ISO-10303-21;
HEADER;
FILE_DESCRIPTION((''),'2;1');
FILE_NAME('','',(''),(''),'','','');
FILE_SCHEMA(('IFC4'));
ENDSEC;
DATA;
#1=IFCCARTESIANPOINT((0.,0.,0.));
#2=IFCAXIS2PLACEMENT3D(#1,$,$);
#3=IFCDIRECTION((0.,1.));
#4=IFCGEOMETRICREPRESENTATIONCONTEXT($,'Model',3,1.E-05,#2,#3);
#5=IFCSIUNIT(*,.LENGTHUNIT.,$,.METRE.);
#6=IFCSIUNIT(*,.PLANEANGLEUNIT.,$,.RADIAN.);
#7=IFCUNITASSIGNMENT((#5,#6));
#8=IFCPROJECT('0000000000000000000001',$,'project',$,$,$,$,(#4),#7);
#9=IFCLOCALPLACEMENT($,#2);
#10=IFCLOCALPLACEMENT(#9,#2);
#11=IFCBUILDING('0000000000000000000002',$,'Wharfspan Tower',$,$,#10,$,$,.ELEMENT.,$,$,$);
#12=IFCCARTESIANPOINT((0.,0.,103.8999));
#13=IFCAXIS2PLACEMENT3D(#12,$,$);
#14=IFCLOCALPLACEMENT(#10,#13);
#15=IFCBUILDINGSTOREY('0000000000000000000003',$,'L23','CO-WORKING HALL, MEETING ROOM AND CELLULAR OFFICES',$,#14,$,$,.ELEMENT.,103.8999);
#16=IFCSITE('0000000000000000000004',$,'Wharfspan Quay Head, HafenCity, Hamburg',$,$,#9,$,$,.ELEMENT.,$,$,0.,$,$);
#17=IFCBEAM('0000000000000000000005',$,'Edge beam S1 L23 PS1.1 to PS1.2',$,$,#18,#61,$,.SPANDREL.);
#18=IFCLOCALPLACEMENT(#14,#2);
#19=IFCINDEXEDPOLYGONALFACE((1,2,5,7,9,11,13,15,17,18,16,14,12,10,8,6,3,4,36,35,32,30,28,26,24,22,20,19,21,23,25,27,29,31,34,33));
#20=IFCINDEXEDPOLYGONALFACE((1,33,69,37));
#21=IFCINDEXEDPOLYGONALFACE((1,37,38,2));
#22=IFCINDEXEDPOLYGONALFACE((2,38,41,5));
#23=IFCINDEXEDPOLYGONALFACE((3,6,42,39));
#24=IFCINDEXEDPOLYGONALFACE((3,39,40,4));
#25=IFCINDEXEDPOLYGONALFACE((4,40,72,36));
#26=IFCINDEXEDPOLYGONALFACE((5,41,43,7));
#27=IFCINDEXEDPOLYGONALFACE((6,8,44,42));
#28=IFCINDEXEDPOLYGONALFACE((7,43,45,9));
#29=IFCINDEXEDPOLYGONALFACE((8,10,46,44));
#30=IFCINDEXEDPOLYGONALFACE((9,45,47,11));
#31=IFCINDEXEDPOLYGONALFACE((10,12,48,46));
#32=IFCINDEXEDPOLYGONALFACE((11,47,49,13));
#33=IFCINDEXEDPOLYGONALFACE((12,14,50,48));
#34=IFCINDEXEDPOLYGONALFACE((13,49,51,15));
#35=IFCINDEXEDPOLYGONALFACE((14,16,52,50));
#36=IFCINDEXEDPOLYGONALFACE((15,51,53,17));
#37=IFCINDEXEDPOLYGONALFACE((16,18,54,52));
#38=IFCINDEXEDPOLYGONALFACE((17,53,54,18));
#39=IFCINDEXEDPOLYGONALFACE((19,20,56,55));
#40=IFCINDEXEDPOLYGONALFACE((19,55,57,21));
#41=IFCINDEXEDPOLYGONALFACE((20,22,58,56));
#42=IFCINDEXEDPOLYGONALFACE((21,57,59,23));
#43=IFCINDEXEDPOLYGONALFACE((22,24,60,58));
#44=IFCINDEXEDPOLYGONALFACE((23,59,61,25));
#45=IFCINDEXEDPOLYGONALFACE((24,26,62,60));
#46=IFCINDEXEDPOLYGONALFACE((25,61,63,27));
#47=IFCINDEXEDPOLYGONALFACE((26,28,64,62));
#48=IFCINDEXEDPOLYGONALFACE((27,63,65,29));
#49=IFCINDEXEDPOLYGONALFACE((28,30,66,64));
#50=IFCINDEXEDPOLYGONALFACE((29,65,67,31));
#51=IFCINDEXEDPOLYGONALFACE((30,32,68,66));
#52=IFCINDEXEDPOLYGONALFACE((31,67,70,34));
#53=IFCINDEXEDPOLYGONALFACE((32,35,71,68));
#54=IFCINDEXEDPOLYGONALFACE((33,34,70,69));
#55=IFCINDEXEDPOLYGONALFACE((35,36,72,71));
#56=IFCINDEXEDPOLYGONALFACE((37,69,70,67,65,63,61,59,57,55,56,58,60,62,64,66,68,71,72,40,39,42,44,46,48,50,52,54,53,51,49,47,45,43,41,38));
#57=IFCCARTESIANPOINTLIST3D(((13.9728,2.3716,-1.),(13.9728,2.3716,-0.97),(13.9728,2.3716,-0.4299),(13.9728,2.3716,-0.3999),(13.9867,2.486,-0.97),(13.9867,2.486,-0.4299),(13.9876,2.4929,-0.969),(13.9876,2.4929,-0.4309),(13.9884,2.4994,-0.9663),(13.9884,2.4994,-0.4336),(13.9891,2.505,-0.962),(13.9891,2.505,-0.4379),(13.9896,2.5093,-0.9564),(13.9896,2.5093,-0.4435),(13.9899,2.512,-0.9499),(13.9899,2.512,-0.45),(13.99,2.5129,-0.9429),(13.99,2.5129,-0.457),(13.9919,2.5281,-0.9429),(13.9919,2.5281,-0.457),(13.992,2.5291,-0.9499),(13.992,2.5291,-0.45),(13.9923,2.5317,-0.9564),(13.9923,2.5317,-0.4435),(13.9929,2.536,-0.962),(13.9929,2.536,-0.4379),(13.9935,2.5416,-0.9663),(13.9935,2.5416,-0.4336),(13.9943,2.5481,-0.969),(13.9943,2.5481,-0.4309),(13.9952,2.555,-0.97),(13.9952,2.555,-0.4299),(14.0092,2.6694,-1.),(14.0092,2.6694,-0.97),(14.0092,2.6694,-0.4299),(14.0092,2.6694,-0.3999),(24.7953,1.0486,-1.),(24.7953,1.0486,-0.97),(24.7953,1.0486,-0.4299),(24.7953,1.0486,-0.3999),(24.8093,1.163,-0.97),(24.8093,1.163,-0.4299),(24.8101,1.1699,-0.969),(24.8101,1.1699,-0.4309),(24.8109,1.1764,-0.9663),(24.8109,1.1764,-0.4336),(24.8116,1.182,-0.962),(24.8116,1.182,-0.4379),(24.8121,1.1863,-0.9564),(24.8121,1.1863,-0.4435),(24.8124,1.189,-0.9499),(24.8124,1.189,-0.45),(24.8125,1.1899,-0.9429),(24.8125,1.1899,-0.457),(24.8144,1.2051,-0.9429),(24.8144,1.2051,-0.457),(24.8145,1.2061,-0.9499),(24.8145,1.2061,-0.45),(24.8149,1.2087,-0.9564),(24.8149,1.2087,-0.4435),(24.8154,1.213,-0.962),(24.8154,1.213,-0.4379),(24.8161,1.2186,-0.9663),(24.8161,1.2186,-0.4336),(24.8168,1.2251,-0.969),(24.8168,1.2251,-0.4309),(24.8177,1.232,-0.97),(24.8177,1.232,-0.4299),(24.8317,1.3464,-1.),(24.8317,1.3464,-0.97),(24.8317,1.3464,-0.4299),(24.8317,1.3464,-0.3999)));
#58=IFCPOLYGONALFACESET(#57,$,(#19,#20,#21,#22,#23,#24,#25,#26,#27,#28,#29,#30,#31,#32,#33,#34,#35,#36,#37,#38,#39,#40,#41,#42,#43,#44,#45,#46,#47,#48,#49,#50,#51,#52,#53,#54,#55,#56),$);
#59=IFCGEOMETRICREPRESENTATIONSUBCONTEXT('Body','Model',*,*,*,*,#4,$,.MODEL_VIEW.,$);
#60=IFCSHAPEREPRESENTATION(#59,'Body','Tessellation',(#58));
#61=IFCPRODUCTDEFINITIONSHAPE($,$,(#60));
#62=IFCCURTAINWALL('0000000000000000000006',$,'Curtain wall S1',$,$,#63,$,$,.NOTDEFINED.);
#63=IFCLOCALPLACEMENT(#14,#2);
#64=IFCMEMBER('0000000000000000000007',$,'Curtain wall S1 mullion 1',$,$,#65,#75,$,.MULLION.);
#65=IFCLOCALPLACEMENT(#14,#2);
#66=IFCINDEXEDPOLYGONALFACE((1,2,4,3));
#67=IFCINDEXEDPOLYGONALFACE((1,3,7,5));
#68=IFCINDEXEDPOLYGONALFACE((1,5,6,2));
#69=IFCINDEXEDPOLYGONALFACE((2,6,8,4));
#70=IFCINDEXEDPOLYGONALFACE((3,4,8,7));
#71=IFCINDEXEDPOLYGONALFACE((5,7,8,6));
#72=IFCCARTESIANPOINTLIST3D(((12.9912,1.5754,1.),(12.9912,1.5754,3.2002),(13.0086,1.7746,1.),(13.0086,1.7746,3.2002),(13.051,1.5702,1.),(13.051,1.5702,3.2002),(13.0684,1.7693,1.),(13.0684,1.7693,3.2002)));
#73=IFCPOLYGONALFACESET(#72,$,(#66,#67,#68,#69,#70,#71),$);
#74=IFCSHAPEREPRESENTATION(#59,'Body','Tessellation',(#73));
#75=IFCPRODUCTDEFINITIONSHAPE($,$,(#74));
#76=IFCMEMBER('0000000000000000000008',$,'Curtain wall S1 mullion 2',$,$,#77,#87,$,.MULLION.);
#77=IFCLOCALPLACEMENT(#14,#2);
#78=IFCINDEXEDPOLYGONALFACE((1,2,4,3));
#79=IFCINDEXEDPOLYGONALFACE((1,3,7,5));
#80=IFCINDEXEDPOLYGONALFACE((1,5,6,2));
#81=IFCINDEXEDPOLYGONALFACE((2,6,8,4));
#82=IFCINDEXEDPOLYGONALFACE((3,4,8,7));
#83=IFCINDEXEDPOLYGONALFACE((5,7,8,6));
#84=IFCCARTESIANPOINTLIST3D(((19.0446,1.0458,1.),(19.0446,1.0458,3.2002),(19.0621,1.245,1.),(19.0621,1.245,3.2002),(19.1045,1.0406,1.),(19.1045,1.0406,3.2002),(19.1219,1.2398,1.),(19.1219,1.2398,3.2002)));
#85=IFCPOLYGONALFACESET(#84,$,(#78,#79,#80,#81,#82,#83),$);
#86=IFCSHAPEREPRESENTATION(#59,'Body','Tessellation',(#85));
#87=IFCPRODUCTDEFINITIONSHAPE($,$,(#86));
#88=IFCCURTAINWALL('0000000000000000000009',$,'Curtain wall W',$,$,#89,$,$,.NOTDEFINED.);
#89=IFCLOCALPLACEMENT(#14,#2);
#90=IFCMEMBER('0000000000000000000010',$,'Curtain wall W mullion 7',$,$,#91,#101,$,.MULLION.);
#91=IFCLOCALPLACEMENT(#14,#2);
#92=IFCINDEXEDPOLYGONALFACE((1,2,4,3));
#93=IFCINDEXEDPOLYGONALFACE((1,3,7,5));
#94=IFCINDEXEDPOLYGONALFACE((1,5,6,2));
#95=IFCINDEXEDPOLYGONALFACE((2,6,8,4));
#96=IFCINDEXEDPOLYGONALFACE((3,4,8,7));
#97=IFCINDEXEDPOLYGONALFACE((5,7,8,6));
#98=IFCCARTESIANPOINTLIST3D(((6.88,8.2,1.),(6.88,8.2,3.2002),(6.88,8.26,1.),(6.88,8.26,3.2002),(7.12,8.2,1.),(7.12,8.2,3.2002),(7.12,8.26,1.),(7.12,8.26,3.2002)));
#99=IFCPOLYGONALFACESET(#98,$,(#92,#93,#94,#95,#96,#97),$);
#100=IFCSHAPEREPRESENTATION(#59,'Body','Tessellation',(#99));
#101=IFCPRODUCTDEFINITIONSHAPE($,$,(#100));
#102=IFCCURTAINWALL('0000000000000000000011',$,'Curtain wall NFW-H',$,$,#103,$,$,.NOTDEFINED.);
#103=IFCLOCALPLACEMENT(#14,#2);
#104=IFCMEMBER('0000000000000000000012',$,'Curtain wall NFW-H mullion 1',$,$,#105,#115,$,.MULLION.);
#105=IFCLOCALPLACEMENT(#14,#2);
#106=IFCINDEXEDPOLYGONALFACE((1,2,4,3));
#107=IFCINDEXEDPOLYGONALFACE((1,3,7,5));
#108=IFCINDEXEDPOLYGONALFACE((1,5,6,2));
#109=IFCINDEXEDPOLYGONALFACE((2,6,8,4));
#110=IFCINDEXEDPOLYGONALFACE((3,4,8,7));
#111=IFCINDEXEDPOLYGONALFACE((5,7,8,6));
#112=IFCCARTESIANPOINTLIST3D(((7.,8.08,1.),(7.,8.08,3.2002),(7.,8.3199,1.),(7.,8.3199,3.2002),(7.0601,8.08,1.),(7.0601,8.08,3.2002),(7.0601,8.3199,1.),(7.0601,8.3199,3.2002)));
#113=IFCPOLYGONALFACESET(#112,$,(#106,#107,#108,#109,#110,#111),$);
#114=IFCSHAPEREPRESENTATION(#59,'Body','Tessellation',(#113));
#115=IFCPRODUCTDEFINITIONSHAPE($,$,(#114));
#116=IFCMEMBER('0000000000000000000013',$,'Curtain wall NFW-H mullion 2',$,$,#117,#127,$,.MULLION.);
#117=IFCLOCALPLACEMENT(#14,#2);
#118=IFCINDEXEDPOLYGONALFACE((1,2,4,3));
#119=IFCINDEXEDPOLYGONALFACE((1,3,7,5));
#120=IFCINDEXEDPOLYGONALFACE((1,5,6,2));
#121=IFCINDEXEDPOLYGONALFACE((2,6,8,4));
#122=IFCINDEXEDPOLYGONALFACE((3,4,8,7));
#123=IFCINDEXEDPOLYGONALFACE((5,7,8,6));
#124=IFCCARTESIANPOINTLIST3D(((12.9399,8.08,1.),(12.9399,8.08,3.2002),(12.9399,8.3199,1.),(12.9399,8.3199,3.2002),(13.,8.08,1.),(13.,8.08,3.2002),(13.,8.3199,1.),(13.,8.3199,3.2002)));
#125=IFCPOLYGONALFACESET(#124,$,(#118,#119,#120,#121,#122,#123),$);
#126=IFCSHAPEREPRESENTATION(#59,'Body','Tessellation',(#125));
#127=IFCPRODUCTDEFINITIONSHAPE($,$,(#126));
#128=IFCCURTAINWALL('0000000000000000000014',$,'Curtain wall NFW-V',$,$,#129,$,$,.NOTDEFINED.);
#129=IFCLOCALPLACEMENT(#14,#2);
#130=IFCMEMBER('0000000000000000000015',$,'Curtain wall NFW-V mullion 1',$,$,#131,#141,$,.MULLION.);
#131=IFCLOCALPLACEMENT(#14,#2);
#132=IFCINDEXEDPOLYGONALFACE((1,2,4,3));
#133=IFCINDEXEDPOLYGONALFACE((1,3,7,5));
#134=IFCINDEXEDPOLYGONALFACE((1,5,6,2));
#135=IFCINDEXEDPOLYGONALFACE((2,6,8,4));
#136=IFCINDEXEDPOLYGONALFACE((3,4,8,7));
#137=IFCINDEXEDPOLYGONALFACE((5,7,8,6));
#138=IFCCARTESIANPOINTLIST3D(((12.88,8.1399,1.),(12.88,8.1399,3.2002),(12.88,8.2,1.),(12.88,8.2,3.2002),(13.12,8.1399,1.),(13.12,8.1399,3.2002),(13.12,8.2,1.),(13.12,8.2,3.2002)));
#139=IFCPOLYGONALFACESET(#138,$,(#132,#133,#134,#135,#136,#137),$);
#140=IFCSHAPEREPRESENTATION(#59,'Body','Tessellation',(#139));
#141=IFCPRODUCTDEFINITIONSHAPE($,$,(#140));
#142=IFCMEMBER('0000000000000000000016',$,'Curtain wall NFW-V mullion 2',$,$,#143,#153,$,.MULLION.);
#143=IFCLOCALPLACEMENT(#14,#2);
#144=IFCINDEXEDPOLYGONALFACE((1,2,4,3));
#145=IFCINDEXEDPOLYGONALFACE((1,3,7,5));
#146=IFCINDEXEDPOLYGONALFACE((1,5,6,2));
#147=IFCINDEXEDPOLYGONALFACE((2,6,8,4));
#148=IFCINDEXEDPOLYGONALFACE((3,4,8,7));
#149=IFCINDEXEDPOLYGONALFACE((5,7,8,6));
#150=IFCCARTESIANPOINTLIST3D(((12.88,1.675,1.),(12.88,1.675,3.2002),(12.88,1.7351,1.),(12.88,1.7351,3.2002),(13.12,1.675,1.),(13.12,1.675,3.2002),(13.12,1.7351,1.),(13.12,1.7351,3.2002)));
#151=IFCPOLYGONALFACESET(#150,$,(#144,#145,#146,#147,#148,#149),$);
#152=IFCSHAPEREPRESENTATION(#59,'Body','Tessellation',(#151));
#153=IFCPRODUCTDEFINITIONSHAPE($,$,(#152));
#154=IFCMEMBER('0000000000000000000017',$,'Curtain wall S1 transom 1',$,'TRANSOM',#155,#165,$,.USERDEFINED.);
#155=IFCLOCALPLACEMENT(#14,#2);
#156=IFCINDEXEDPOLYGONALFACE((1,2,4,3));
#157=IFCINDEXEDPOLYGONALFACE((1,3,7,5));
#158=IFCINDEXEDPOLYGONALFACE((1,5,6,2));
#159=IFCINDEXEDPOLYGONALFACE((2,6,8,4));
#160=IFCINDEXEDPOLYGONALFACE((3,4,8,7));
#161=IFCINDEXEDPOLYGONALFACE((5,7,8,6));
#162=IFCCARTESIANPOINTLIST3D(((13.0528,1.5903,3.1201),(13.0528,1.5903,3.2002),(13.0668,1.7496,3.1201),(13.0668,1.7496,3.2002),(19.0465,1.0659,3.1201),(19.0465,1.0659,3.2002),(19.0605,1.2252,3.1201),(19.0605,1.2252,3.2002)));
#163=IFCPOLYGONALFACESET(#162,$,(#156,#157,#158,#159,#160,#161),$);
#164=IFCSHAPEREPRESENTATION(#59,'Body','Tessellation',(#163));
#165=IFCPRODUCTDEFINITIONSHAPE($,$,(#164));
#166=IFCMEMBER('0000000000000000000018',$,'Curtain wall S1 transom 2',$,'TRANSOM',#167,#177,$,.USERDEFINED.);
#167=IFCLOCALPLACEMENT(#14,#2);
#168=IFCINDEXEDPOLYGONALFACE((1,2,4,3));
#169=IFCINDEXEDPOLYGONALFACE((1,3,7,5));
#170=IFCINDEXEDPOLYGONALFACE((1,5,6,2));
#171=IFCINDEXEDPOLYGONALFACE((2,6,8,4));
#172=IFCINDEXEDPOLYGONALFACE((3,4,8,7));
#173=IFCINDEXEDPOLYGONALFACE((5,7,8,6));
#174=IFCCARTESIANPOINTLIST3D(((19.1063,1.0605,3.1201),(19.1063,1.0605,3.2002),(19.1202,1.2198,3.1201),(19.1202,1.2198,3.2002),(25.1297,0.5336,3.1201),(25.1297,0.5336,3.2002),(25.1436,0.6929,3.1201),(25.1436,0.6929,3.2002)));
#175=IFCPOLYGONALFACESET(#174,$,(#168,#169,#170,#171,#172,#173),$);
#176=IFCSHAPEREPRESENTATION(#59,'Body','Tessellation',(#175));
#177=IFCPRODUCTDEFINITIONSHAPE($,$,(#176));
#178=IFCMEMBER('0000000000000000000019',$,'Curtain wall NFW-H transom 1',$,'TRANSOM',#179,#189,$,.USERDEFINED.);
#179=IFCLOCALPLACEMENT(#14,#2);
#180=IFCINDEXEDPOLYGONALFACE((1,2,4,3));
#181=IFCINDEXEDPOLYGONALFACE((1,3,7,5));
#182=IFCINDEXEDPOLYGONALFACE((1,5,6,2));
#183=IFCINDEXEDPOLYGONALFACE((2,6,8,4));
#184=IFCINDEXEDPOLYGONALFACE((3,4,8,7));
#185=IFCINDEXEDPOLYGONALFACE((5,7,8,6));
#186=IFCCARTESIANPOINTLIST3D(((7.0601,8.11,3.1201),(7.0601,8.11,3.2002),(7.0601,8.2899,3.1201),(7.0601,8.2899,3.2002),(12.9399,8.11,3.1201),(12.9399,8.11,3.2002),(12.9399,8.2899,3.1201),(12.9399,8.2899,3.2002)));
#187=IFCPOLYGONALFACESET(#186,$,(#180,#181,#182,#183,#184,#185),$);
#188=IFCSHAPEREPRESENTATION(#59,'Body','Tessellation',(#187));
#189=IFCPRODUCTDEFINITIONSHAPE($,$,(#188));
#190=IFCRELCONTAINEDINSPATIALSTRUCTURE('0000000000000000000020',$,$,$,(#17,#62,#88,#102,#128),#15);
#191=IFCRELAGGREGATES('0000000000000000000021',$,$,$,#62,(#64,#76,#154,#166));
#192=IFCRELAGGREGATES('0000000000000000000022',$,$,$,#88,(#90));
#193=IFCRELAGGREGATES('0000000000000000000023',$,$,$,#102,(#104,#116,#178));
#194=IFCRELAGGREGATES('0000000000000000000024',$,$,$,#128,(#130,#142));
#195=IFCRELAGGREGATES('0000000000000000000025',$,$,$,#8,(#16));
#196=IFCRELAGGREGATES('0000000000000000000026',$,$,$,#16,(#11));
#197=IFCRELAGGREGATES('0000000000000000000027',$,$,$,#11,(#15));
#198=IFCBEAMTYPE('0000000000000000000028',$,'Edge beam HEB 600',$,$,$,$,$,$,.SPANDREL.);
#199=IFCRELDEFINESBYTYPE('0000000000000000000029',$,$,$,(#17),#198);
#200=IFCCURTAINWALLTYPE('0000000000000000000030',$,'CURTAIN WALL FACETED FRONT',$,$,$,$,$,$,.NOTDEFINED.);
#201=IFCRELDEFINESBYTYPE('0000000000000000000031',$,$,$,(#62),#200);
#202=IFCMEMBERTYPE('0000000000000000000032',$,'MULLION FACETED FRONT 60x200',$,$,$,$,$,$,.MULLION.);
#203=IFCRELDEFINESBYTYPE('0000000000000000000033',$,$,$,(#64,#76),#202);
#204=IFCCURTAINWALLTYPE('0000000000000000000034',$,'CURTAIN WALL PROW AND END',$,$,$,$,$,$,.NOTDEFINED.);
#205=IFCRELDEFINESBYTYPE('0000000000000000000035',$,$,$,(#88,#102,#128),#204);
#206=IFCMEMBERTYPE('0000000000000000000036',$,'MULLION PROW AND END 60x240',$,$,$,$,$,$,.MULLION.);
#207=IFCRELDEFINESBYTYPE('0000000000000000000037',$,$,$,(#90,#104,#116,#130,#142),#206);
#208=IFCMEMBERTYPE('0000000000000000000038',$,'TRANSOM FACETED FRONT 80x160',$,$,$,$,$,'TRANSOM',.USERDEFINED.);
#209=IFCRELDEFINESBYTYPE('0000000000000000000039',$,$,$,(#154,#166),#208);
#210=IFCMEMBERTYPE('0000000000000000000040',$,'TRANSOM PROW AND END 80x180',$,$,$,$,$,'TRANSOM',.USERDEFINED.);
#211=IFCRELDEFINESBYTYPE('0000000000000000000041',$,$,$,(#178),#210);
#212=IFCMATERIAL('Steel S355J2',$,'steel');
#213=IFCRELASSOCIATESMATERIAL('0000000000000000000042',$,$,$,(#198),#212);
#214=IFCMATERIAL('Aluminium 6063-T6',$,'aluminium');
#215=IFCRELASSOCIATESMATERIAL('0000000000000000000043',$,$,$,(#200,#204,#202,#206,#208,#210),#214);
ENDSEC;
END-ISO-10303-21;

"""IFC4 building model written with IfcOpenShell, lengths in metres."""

from ifc_helpers import new_model, si_unit, direction, frame, origin, origin_2d, place, context, subcontext, project, spatial, rectangle, i_section, extrude, material, material_profile, profile_set, type_object, element, aggregate, save


model = new_model("IFC4")

# Units and contexts
model_context = context("Model", 3, precision=1e-05, world=origin(), true_north=direction((0.0, 1.0)))
body_context = subcontext(model_context, "Body", "Model", "MODEL_VIEW")
ifc_project = project(units=[si_unit("LENGTHUNIT", "METRE"), si_unit("PLANEANGLEUNIT", "RADIAN")], contexts=[model_context])

# Site, building, storey
site_placement = place(None, origin())
site = spatial("IfcSite", under=ifc_project, at=site_placement, Name="Wharfspan Quay Head, HafenCity, Hamburg", CompositionType="ELEMENT", RefElevation=0.0)
building_placement = place(site_placement, origin())
building = spatial("IfcBuilding", under=site, at=building_placement, Name="Wharfspan Tower", CompositionType="ELEMENT")
storey_placement = place(building_placement, frame((0.0, 0.0, 103.8999)))
storey = spatial("IfcBuildingStorey", under=building, at=storey_placement, Name="L23", Description="CO-WORKING HALL, MEETING ROOM AND CELLULAR OFFICES", CompositionType="ELEMENT", Elevation=103.8999)

# Shared definitions
ifc_material_1 = material(Name="Steel S355J2", Category="steel")

# Beam
ifc_material_profile_1 = material_profile(ifc_material_1, i_section(OverallWidth=0.3, OverallDepth=0.6001, WebThickness=0.0154, FlangeThickness=0.03, FilletRadius=0.0271, at=origin_2d()))
ifc_profile_set_1 = profile_set([ifc_material_profile_1], Name="Steel S355J2")
beam_type = type_object("IfcBeamType", Name="Edge beam HEB 600", PredefinedType="SPANDREL", material=ifc_profile_set_1)
beam_placement = place(storey_placement, frame((13.991, 2.5205, -0.7), z_axis=(0.992611, -0.121342, 0.0), x_axis=(0.121342, 0.992611, 0.0)))
element("IfcBeam", 1, at=beam_placement, inside=storey, type_object=beam_type, Name="Edge beam S1 L23 PS1.1 to PS1.2", PredefinedType="SPANDREL", context=body_context, shape_type="SweptSolid", body=[
    extrude(i_section(OverallWidth=0.3, OverallDepth=0.6001, WebThickness=0.0154, FlangeThickness=0.03, FilletRadius=0.0271, at=origin_2d()), origin(), (0.0, 0.0, 1.0), 10.9031),
])

# Curtain wall, members
ifc_material_2 = material(Name="Aluminium 6063-T6", Category="aluminium")
curtain_wall_type_1 = type_object("IfcCurtainWallType", Name="CURTAIN WALL FACETED FRONT", PredefinedType="NOTDEFINED", material=ifc_material_2)
curtain_wall_1_placement = place(storey_placement, origin())
curtain_wall_1 = element("IfcCurtainWall", 2, at=curtain_wall_1_placement, inside=storey, type_object=curtain_wall_type_1, Name="Curtain wall S1", PredefinedType="NOTDEFINED")
ifc_material_profile_2 = material_profile(ifc_material_2, rectangle(XDim=0.2, YDim=0.0601, at=origin_2d()))
ifc_profile_set_2 = profile_set([ifc_material_profile_2], Name="Aluminium 6063-T6")
member_type_1 = type_object("IfcMemberType", Name="MULLION FACETED FRONT 60x200", PredefinedType="MULLION", material=ifc_profile_set_2)
member_1_placement = place(storey_placement, frame((13.0298, 1.6724, 1.0), z_axis=(0.0, 0.0, 1.0), x_axis=(0.087156, 0.996198, 0.0)))
member_1 = element("IfcMember", 3, at=member_1_placement, type_object=member_type_1, Name="Curtain wall S1 mullion 1", PredefinedType="MULLION", context=body_context, shape_type="SweptSolid", body=[
    extrude(rectangle(XDim=0.2, YDim=0.0601, at=origin_2d()), origin(), (0.0, 0.0, 1.0), 2.2002),
])
member_2_placement = place(storey_placement, frame((19.0833, 1.1428, 1.0), z_axis=(0.0, 0.0, 1.0), x_axis=(0.087156, 0.996198, 0.0)))
member_2 = element("IfcMember", 4, at=member_2_placement, type_object=member_type_1, Name="Curtain wall S1 mullion 2", PredefinedType="MULLION", context=body_context, shape_type="SweptSolid", body=[
    extrude(rectangle(XDim=0.2, YDim=0.0601, at=origin_2d()), origin(), (0.0, 0.0, 1.0), 2.2002),
])

# Curtain wall, member
curtain_wall_type_2 = type_object("IfcCurtainWallType", Name="CURTAIN WALL PROW AND END", PredefinedType="NOTDEFINED", material=ifc_material_2)
curtain_wall_2_placement = place(storey_placement, origin())
curtain_wall_2 = element("IfcCurtainWall", 5, at=curtain_wall_2_placement, inside=storey, type_object=curtain_wall_type_2, Name="Curtain wall W", PredefinedType="NOTDEFINED")
ifc_material_profile_3 = material_profile(ifc_material_2, rectangle(XDim=0.24, YDim=0.0601, at=origin_2d()))
ifc_profile_set_3 = profile_set([ifc_material_profile_3], Name="Aluminium 6063-T6")
member_type_2 = type_object("IfcMemberType", Name="MULLION PROW AND END 60x240", PredefinedType="MULLION", material=ifc_profile_set_3)
member_3_placement = place(storey_placement, frame((7.0, 8.23, 1.0), z_axis=(0.0, 0.0, 1.0), x_axis=(1.0, 0.0, 0.0)))
member_3 = element("IfcMember", 6, at=member_3_placement, type_object=member_type_2, Name="Curtain wall W mullion 7", PredefinedType="MULLION", context=body_context, shape_type="SweptSolid", body=[
    extrude(rectangle(XDim=0.24, YDim=0.0601, at=origin_2d()), origin(), (0.0, 0.0, 1.0), 2.2002),
])

# Curtain walls, members
curtain_wall_3_placement = place(storey_placement, origin())
curtain_wall_3 = element("IfcCurtainWall", 7, at=curtain_wall_3_placement, inside=storey, type_object=curtain_wall_type_2, Name="Curtain wall NFW-H", PredefinedType="NOTDEFINED")
member_4_placement = place(storey_placement, frame((7.03, 8.2, 1.0), z_axis=(0.0, 0.0, 1.0), x_axis=(0.0, 1.0, 0.0)))
member_4 = element("IfcMember", 8, at=member_4_placement, type_object=member_type_2, Name="Curtain wall NFW-H mullion 1", PredefinedType="MULLION", context=body_context, shape_type="SweptSolid", body=[
    extrude(rectangle(XDim=0.24, YDim=0.0601, at=origin_2d()), origin(), (0.0, 0.0, 1.0), 2.2002),
])
member_5_placement = place(storey_placement, frame((12.97, 8.2, 1.0), z_axis=(0.0, 0.0, 1.0), x_axis=(0.0, 1.0, 0.0)))
member_5 = element("IfcMember", 9, at=member_5_placement, type_object=member_type_2, Name="Curtain wall NFW-H mullion 2", PredefinedType="MULLION", context=body_context, shape_type="SweptSolid", body=[
    extrude(rectangle(XDim=0.24, YDim=0.0601, at=origin_2d()), origin(), (0.0, 0.0, 1.0), 2.2002),
])
curtain_wall_4_placement = place(storey_placement, origin())
curtain_wall_4 = element("IfcCurtainWall", 10, at=curtain_wall_4_placement, inside=storey, type_object=curtain_wall_type_2, Name="Curtain wall NFW-V", PredefinedType="NOTDEFINED")
member_6_placement = place(storey_placement, frame((13.0, 8.1699, 1.0), z_axis=(0.0, 0.0, 1.0), x_axis=(1.0, 0.0, 0.0)))
member_6 = element("IfcMember", 11, at=member_6_placement, type_object=member_type_2, Name="Curtain wall NFW-V mullion 1", PredefinedType="MULLION", context=body_context, shape_type="SweptSolid", body=[
    extrude(rectangle(XDim=0.24, YDim=0.0601, at=origin_2d()), origin(), (0.0, 0.0, 1.0), 2.2002),
])
member_7_placement = place(storey_placement, frame((13.0, 1.7051, 1.0), z_axis=(0.0, 0.0, 1.0), x_axis=(1.0, 0.0, 0.0)))
member_7 = element("IfcMember", 12, at=member_7_placement, type_object=member_type_2, Name="Curtain wall NFW-V mullion 2", PredefinedType="MULLION", context=body_context, shape_type="SweptSolid", body=[
    extrude(rectangle(XDim=0.24, YDim=0.0601, at=origin_2d()), origin(), (0.0, 0.0, 1.0), 2.2002),
])

# Members
ifc_material_profile_4 = material_profile(ifc_material_2, rectangle(XDim=0.1599, YDim=0.0801, at=origin_2d()))
ifc_profile_set_4 = profile_set([ifc_material_profile_4], Name="Aluminium 6063-T6")
member_type_3 = type_object("IfcMemberType", Name="TRANSOM FACETED FRONT 80x160", ElementType="TRANSOM", PredefinedType="USERDEFINED", material=ifc_profile_set_4)
member_8_placement = place(storey_placement, frame((13.0598, 1.6699, 3.1602), z_axis=(0.996194, -0.087162, 0.0), x_axis=(0.087162, 0.996194, 0.0)))
member_8 = element("IfcMember", 13, at=member_8_placement, type_object=member_type_3, Name="Curtain wall S1 transom 1", ObjectType="TRANSOM", PredefinedType="USERDEFINED", context=body_context, shape_type="SweptSolid", body=[
    extrude(rectangle(XDim=0.1599, YDim=0.0801, at=origin_2d()), origin(), (0.0, 0.0, 1.0), 6.0166),
])
member_9_placement = place(storey_placement, frame((19.1133, 1.1401, 3.1602), z_axis=(0.996197, -0.087135, 0.0), x_axis=(0.087135, 0.996197, 0.0)))
member_9 = element("IfcMember", 14, at=member_9_placement, type_object=member_type_3, Name="Curtain wall S1 transom 2", ObjectType="TRANSOM", PredefinedType="USERDEFINED", context=body_context, shape_type="SweptSolid", body=[
    extrude(rectangle(XDim=0.1599, YDim=0.0801, at=origin_2d()), origin(), (0.0, 0.0, 1.0), 6.0464),
])
ifc_material_profile_5 = material_profile(ifc_material_2, rectangle(XDim=0.1799, YDim=0.0801, at=origin_2d()))
ifc_profile_set_5 = profile_set([ifc_material_profile_5], Name="Aluminium 6063-T6")
member_type_4 = type_object("IfcMemberType", Name="TRANSOM PROW AND END 80x180", ElementType="TRANSOM", PredefinedType="USERDEFINED", material=ifc_profile_set_5)
member_10_placement = place(storey_placement, frame((7.0601, 8.2, 3.1602), z_axis=(1.0, 0.0, 0.0), x_axis=(0.0, 1.0, 0.0)))
member_10 = element("IfcMember", 15, at=member_10_placement, type_object=member_type_4, Name="Curtain wall NFW-H transom 1", ObjectType="TRANSOM", PredefinedType="USERDEFINED", context=body_context, shape_type="SweptSolid", body=[
    extrude(rectangle(XDim=0.1799, YDim=0.0801, at=origin_2d()), origin(), (0.0, 0.0, 1.0), 5.8799),
])

aggregate(curtain_wall_1, [member_1, member_2, member_8, member_9])
aggregate(curtain_wall_2, [member_3])
aggregate(curtain_wall_3, [member_4, member_5, member_10])
aggregate(curtain_wall_4, [member_6, member_7])

save(model, "model.ifc")
